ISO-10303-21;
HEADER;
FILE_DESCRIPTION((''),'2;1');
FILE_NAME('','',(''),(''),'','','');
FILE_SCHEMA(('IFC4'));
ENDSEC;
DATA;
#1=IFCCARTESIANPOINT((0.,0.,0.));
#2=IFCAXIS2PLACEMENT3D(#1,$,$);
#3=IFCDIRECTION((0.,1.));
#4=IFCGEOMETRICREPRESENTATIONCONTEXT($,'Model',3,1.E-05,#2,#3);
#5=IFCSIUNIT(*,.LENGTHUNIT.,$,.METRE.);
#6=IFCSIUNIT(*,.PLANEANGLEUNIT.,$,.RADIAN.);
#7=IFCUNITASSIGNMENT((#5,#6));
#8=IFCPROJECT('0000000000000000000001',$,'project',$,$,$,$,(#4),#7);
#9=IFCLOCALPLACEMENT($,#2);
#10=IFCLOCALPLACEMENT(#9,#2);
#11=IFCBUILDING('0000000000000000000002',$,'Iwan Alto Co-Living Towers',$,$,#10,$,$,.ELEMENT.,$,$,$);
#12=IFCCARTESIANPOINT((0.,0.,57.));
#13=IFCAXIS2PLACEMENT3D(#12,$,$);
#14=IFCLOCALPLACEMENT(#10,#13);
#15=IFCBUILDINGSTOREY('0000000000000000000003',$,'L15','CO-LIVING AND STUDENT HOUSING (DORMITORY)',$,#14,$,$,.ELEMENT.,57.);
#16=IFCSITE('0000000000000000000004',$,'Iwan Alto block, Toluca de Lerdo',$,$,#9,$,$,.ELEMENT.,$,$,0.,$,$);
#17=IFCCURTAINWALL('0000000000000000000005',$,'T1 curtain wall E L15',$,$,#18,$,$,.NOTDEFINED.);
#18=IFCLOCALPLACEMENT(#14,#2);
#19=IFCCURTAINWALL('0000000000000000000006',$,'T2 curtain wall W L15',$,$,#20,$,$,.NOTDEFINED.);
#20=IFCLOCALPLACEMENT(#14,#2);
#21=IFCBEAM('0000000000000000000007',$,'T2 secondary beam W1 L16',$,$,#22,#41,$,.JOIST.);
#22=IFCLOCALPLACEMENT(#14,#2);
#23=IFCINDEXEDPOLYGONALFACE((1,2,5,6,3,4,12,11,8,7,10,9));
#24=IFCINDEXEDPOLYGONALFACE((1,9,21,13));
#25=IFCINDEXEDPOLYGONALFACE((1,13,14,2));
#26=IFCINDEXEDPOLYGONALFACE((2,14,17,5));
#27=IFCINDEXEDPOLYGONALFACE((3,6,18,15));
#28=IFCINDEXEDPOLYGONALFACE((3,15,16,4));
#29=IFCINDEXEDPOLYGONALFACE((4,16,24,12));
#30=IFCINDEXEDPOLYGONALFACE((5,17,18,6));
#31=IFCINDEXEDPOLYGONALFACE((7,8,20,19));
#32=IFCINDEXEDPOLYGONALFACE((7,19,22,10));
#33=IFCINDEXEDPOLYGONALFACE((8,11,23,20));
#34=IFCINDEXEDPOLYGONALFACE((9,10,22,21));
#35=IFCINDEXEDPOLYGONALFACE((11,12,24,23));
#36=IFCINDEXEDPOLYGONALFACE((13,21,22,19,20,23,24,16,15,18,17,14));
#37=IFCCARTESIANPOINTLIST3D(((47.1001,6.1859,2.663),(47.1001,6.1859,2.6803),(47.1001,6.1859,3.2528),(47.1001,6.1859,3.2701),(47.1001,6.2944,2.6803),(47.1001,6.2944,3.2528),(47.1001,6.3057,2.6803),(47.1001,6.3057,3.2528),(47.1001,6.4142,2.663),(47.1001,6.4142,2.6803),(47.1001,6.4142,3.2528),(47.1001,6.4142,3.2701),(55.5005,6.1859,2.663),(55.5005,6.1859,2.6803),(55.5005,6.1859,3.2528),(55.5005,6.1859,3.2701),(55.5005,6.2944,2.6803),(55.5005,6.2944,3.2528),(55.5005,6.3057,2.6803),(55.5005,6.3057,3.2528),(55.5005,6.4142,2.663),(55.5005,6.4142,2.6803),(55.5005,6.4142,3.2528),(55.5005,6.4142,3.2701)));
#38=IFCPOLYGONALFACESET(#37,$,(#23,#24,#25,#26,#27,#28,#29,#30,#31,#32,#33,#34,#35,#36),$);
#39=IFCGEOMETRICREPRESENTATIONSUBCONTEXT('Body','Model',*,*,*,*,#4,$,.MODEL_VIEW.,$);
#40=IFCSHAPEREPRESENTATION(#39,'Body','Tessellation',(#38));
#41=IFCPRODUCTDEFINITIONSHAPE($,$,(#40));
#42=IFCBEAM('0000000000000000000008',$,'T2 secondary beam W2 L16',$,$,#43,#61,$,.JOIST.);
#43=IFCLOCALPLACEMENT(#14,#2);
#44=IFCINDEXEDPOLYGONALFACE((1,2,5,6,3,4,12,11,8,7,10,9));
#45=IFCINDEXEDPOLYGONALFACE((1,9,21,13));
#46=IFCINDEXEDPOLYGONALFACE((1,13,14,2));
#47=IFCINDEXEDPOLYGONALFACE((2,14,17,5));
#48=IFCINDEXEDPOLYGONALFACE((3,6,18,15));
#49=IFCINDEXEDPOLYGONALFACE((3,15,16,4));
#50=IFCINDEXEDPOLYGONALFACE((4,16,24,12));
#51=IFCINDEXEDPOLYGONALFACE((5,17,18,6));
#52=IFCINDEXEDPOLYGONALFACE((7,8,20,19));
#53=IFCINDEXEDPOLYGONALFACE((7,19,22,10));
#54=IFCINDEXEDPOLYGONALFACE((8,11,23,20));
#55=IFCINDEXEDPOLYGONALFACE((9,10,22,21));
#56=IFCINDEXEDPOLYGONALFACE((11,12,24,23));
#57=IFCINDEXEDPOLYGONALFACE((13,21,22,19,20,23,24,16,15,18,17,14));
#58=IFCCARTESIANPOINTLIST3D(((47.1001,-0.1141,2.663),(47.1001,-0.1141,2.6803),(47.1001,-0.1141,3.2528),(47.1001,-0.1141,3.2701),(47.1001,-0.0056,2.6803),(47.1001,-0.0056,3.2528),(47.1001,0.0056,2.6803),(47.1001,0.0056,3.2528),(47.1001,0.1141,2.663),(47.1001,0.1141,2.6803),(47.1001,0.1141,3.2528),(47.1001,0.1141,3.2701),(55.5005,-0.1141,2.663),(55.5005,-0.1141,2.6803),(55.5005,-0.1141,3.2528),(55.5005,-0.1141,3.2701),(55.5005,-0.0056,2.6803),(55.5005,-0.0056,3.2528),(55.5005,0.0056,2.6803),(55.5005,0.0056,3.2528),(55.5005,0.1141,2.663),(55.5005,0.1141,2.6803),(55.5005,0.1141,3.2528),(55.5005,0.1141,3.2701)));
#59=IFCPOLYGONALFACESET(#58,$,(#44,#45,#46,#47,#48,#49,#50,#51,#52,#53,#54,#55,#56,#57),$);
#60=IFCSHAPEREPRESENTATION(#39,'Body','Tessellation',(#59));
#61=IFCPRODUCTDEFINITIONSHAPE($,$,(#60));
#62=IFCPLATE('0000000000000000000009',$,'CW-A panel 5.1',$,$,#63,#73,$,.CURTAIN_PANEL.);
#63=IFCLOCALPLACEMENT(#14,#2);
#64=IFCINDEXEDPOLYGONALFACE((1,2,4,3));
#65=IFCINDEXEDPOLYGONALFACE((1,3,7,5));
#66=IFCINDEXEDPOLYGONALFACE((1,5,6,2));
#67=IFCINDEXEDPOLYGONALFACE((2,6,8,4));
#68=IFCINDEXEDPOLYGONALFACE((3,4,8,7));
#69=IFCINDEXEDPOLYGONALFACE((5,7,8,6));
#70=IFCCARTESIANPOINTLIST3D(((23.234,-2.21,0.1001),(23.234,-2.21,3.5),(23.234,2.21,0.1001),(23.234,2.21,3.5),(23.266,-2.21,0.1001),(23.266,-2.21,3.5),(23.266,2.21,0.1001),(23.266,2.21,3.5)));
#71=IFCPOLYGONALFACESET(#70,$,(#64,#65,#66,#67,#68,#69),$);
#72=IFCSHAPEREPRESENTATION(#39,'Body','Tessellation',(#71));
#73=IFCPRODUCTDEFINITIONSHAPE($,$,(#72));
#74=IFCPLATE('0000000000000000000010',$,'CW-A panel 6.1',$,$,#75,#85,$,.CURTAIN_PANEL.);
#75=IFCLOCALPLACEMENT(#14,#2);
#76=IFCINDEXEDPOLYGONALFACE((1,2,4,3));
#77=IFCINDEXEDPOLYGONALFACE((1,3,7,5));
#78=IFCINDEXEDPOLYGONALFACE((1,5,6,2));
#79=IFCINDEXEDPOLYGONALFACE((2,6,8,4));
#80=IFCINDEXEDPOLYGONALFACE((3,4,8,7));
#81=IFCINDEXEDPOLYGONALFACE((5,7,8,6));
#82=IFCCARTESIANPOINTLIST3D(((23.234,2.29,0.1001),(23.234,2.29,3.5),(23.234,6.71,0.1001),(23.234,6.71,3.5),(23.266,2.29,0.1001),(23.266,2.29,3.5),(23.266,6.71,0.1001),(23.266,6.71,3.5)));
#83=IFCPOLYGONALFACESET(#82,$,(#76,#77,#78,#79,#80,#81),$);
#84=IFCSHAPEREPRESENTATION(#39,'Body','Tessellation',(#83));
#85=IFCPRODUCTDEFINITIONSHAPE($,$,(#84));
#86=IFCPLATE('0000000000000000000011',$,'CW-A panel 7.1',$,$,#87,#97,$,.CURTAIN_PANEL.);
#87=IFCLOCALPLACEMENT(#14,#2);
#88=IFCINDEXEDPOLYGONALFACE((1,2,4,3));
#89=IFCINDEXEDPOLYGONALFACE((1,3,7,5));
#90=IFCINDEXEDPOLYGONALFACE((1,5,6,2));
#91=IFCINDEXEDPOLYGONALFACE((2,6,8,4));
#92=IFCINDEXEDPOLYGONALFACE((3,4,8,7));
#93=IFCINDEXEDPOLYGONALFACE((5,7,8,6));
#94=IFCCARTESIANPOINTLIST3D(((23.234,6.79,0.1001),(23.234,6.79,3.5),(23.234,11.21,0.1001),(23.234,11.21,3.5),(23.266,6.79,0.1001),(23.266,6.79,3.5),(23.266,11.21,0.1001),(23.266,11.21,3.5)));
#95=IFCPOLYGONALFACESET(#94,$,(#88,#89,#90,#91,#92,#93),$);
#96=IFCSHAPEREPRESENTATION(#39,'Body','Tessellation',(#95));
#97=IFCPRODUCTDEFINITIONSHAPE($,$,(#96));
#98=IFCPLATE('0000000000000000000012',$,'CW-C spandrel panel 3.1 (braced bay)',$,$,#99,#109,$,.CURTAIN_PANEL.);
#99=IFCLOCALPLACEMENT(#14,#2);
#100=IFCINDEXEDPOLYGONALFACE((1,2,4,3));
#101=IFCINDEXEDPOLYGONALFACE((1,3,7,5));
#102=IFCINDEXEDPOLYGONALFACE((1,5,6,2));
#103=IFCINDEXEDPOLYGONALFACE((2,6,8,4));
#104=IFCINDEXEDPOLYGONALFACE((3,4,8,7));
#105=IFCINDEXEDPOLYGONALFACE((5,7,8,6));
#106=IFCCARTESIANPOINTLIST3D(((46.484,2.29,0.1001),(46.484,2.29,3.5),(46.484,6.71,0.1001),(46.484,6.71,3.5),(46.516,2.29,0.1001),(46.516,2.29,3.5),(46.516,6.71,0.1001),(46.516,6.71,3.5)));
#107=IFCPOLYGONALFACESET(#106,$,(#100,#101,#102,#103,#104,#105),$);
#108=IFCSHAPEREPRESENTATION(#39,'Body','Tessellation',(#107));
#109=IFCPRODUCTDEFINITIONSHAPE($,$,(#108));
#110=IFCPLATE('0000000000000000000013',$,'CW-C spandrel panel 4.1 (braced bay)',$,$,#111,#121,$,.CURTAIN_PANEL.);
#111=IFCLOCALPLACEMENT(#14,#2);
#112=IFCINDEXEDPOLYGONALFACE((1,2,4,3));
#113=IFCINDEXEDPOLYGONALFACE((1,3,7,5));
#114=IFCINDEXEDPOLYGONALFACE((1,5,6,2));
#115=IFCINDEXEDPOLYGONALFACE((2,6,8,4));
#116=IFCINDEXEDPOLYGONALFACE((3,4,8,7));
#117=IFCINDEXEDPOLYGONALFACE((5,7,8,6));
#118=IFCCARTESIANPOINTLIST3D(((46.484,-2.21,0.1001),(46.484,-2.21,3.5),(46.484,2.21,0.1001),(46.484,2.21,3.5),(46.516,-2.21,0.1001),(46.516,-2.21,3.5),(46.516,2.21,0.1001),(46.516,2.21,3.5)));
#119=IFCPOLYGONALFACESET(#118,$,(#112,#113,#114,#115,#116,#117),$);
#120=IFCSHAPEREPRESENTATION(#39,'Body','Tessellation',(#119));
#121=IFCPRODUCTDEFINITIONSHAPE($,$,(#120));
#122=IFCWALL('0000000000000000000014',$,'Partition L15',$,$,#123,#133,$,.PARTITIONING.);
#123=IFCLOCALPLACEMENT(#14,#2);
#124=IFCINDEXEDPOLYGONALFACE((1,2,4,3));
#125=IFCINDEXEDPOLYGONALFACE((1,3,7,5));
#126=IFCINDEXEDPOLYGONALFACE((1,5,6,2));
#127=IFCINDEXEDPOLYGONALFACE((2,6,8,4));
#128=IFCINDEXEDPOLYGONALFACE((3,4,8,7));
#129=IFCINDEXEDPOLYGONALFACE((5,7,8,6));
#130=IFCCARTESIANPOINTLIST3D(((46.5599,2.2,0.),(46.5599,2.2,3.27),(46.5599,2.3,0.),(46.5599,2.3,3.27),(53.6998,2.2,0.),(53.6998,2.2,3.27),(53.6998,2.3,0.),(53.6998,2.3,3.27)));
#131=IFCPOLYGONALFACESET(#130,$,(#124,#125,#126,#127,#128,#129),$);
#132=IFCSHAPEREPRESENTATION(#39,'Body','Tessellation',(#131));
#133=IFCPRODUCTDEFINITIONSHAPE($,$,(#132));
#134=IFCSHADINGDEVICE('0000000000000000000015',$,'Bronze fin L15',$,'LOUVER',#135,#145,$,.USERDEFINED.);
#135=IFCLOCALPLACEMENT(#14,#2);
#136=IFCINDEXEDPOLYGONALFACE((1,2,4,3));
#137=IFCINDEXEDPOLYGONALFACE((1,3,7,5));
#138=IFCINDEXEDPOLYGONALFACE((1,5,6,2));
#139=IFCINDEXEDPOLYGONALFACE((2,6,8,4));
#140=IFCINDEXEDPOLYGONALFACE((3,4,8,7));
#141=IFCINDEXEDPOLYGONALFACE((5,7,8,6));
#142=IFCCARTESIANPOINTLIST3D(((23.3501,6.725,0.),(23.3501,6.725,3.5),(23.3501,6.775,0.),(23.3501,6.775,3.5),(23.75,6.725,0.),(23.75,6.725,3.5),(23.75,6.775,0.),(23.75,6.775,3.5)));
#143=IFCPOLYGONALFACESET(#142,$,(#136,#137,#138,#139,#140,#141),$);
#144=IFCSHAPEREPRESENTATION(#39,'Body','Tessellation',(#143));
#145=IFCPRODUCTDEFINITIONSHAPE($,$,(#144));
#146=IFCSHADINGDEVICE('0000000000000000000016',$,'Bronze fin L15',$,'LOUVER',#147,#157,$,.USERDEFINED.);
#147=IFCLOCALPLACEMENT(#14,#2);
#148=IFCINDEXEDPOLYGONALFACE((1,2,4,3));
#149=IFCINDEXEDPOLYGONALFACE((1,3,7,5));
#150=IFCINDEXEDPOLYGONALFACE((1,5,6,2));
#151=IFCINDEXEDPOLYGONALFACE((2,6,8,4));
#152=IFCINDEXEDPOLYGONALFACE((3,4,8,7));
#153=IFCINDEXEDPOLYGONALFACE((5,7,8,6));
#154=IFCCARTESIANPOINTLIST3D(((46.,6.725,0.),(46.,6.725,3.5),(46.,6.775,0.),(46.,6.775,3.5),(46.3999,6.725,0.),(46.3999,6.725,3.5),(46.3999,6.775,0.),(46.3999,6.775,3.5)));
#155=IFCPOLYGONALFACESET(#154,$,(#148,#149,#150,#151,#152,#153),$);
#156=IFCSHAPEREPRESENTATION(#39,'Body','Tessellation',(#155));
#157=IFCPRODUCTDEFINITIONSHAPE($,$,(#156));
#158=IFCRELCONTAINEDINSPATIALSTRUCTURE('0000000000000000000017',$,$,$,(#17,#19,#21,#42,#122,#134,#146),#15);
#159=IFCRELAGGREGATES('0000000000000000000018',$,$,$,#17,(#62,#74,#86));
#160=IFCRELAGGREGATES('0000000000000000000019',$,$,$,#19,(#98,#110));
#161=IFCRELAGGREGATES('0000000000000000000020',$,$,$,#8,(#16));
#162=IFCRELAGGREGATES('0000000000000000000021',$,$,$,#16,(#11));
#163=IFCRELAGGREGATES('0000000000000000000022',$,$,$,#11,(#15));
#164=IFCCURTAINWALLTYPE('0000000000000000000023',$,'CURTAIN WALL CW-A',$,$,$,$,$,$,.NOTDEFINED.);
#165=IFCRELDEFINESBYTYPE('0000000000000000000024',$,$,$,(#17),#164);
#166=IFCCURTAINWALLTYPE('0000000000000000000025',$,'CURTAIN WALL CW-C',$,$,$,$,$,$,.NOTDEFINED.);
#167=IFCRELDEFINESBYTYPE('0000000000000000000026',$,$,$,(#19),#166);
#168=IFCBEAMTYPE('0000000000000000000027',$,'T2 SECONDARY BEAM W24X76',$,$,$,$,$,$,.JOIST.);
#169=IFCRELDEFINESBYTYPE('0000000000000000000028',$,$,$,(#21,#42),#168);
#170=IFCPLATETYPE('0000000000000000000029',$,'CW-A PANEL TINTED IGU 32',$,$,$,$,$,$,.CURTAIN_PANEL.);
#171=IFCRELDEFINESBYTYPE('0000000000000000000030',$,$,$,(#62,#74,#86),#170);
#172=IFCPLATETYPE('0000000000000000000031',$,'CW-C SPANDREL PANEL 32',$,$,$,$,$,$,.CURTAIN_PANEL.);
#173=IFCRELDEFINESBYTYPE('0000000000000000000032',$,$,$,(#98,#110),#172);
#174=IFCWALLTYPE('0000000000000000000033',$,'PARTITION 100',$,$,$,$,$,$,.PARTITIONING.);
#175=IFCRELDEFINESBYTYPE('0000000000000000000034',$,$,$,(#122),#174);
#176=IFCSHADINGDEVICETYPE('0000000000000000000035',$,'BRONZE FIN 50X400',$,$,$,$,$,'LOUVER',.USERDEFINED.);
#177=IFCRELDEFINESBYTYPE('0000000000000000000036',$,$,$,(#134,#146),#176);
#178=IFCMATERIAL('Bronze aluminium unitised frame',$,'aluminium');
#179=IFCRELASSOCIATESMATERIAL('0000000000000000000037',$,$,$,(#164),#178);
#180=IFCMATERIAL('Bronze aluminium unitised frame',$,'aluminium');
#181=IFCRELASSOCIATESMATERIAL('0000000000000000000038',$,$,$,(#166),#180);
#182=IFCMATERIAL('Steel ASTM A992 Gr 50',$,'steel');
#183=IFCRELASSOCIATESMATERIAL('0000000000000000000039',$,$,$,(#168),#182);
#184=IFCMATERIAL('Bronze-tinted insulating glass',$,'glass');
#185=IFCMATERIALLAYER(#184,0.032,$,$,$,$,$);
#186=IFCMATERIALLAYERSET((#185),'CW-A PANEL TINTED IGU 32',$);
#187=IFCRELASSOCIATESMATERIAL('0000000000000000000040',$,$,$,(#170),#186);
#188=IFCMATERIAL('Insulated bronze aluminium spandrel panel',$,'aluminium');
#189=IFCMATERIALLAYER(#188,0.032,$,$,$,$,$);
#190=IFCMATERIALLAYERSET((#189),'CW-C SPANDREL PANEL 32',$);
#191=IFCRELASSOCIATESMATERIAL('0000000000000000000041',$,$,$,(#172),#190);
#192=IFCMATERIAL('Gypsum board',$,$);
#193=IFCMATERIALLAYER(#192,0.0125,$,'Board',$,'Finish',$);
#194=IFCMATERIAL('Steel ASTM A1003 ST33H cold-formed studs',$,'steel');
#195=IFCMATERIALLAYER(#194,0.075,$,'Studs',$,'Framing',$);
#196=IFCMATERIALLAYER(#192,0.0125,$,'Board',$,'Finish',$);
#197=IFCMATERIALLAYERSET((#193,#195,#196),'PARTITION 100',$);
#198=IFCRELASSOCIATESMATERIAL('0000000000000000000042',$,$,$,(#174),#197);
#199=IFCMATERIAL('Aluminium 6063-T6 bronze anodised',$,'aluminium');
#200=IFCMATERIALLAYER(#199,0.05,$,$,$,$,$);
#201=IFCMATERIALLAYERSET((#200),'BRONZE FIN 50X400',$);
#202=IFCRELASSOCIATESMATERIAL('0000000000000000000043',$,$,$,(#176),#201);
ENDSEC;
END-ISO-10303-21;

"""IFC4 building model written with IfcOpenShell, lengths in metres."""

from ifc_helpers import new_model, si_unit, direction, frame, frame_2d, origin, origin_2d, place, context, subcontext, project, spatial, rectangle, i_section, extrude, material, layer, layer_set, material_profile, profile_set, type_object, element, aggregate, save


model = new_model("IFC4")

# Units and contexts
model_context = context("Model", 3, precision=1e-05, world=origin(), true_north=direction((0.0, 1.0)))
body_context = subcontext(model_context, "Body", "Model", "MODEL_VIEW")
ifc_project = project(units=[si_unit("LENGTHUNIT", "METRE"), si_unit("PLANEANGLEUNIT", "RADIAN")], contexts=[model_context])

# Site, building, storey
site_placement = place(None, origin())
site = spatial("IfcSite", under=ifc_project, at=site_placement, Name="Iwan Alto block, Toluca de Lerdo", CompositionType="ELEMENT", RefElevation=0.0)
building_placement = place(site_placement, origin())
building = spatial("IfcBuilding", under=site, at=building_placement, Name="Iwan Alto Co-Living Towers", CompositionType="ELEMENT")
storey_placement = place(building_placement, frame((0.0, 0.0, 57.0)))
storey = spatial("IfcBuildingStorey", under=building, at=storey_placement, Name="L15", Description="CO-LIVING AND STUDENT HOUSING (DORMITORY)", CompositionType="ELEMENT", Elevation=57.0)

# Curtain walls
ifc_material_1 = material(Name="Bronze aluminium unitised frame", Category="aluminium")
curtain_wall_type_1 = type_object("IfcCurtainWallType", Name="CURTAIN WALL CW-A", PredefinedType="NOTDEFINED", material=ifc_material_1)
curtain_wall_1_placement = place(storey_placement, origin())
curtain_wall_1 = element("IfcCurtainWall", 1, at=curtain_wall_1_placement, inside=storey, type_object=curtain_wall_type_1, Name="T1 curtain wall E L15", PredefinedType="NOTDEFINED")
ifc_material_2 = material(Name="Bronze aluminium unitised frame", Category="aluminium")
curtain_wall_type_2 = type_object("IfcCurtainWallType", Name="CURTAIN WALL CW-C", PredefinedType="NOTDEFINED", material=ifc_material_2)
curtain_wall_2_placement = place(storey_placement, origin())
curtain_wall_2 = element("IfcCurtainWall", 2, at=curtain_wall_2_placement, inside=storey, type_object=curtain_wall_type_2, Name="T2 curtain wall W L15", PredefinedType="NOTDEFINED")

# Beams
ifc_material_3 = material(Name="Steel ASTM A992 Gr 50", Category="steel")
ifc_material_profile_1 = material_profile(ifc_material_3, i_section(OverallWidth=0.2283, OverallDepth=0.6072, WebThickness=0.0112, FlangeThickness=0.0173, at=origin_2d()), Name="W24X76")
ifc_profile_set_1 = profile_set([ifc_material_profile_1], Name="Steel ASTM A992 Gr 50")
beam_type_1 = type_object("IfcBeamType", Name="T2 SECONDARY BEAM W24X76", PredefinedType="JOIST", material=ifc_profile_set_1)
for number, where, z_axis, x_axis, name in (
    (3, (47.1001, 6.3, 2.9666), (1.0, 0.0, 0.0), (0.0, 1.0, 0.0), "T2 secondary beam W1 L16"),
    (4, (47.1001, 0.0, 2.9666), (1.0, 0.0, 0.0), (0.0, 1.0, 0.0), "T2 secondary beam W2 L16"),
):
    element("IfcBeam", number, at=place(storey_placement, frame(where, z_axis=z_axis, x_axis=x_axis)), inside=storey, type_object=beam_type_1, Name=name, PredefinedType="JOIST", context=body_context, shape_type="SweptSolid", body=[
        extrude(i_section(OverallWidth=0.2283, OverallDepth=0.6072, WebThickness=0.0112, FlangeThickness=0.0173, at=origin_2d()), origin(), (0.0, 0.0, 1.0), 8.4004),
    ])

# Plates
ifc_material_4 = material(Name="Bronze-tinted insulating glass", Category="glass")
ifc_layer_1 = layer(ifc_material_4, 0.032)
ifc_layer_set_1 = layer_set([ifc_layer_1], Name="CW-A PANEL TINTED IGU 32")
plate_type_1 = type_object("IfcPlateType", Name="CW-A PANEL TINTED IGU 32", PredefinedType="CURTAIN_PANEL", material=ifc_layer_set_1)
plate_1_placement = place(storey_placement, frame((23.25, 0.0, 0.1001), z_axis=(0.0, 0.0, 1.0), x_axis=(0.0, 1.0, 0.0)))
plate_1 = element("IfcPlate", 5, at=plate_1_placement, type_object=plate_type_1, Name="CW-A panel 5.1", PredefinedType="CURTAIN_PANEL", context=body_context, shape_type="SweptSolid", body=[
    extrude(rectangle(XDim=4.4199, YDim=0.032, at=origin_2d()), origin(), (0.0, 0.0, 1.0), 3.3999),
])
plate_2_placement = place(storey_placement, frame((23.25, 4.5, 0.1001), z_axis=(0.0, 0.0, 1.0), x_axis=(0.0, 1.0, 0.0)))
plate_2 = element("IfcPlate", 6, at=plate_2_placement, type_object=plate_type_1, Name="CW-A panel 6.1", PredefinedType="CURTAIN_PANEL", context=body_context, shape_type="SweptSolid", body=[
    extrude(rectangle(XDim=4.4199, YDim=0.032, at=origin_2d()), origin(), (0.0, 0.0, 1.0), 3.3999),
])
plate_3_placement = place(storey_placement, frame((23.25, 9.0, 0.1001), z_axis=(0.0, 0.0, 1.0), x_axis=(0.0, 1.0, 0.0)))
plate_3 = element("IfcPlate", 7, at=plate_3_placement, type_object=plate_type_1, Name="CW-A panel 7.1", PredefinedType="CURTAIN_PANEL", context=body_context, shape_type="SweptSolid", body=[
    extrude(rectangle(XDim=4.4199, YDim=0.032, at=origin_2d()), origin(), (0.0, 0.0, 1.0), 3.3999),
])
aggregate(curtain_wall_1, [plate_1, plate_2, plate_3])
ifc_material_5 = material(Name="Insulated bronze aluminium spandrel panel", Category="aluminium")
ifc_layer_2 = layer(ifc_material_5, 0.032)
ifc_layer_set_2 = layer_set([ifc_layer_2], Name="CW-C SPANDREL PANEL 32")
plate_type_2 = type_object("IfcPlateType", Name="CW-C SPANDREL PANEL 32", PredefinedType="CURTAIN_PANEL", material=ifc_layer_set_2)
plate_4_placement = place(storey_placement, frame((46.5, 4.5, 0.1001), z_axis=(0.0, 0.0, 1.0), x_axis=(0.0, -1.0, 0.0)))
plate_4 = element("IfcPlate", 8, at=plate_4_placement, type_object=plate_type_2, Name="CW-C spandrel panel 3.1 (braced bay)", PredefinedType="CURTAIN_PANEL", context=body_context, shape_type="SweptSolid", body=[
    extrude(rectangle(XDim=4.4199, YDim=0.032, at=origin_2d()), origin(), (0.0, 0.0, 1.0), 3.3999),
])
plate_5_placement = place(storey_placement, frame((46.5, 0.0, 0.1001), z_axis=(0.0, 0.0, 1.0), x_axis=(0.0, -1.0, 0.0)))
plate_5 = element("IfcPlate", 9, at=plate_5_placement, type_object=plate_type_2, Name="CW-C spandrel panel 4.1 (braced bay)", PredefinedType="CURTAIN_PANEL", context=body_context, shape_type="SweptSolid", body=[
    extrude(rectangle(XDim=4.4199, YDim=0.032, at=origin_2d()), origin(), (0.0, 0.0, 1.0), 3.3999),
])
aggregate(curtain_wall_2, [plate_4, plate_5])

# Wall
ifc_material_6 = material(Name="Gypsum board")
ifc_layer_3 = layer(ifc_material_6, 0.0125, Name="Board", Category="Finish")
ifc_material_7 = material(Name="Steel ASTM A1003 ST33H cold-formed studs", Category="steel")
ifc_layer_4 = layer(ifc_material_7, 0.075, Name="Studs", Category="Framing")
ifc_layer_5 = layer(ifc_material_6, 0.0125, Name="Board", Category="Finish")
ifc_layer_set_3 = layer_set([ifc_layer_3, ifc_layer_4, ifc_layer_5], Name="PARTITION 100")
wall_type = type_object("IfcWallType", Name="PARTITION 100", PredefinedType="PARTITIONING", material=ifc_layer_set_3)
wall_placement = place(storey_placement, frame((46.5601, 2.25, 0.0), z_axis=(0.0, 0.0, 1.0), x_axis=(1.0, 0.0, 0.0)))
element("IfcWall", 10, at=wall_placement, inside=storey, type_object=wall_type, Name="Partition L15", PredefinedType="PARTITIONING", context=body_context, shape_type="SweptSolid", body=[
    extrude(rectangle(XDim=7.1399, YDim=0.1001, at=frame_2d((3.5698, 0.0))), origin(), (0.0, 0.0, 1.0), 3.27),
])

# Shading devices
ifc_material_8 = material(Name="Aluminium 6063-T6 bronze anodised", Category="aluminium")
ifc_layer_6 = layer(ifc_material_8, 0.05)
ifc_layer_set_4 = layer_set([ifc_layer_6], Name="BRONZE FIN 50X400")
shading_device_type = type_object("IfcShadingDeviceType", Name="BRONZE FIN 50X400", ElementType="LOUVER", PredefinedType="USERDEFINED", material=ifc_layer_set_4)
for number, where, z_axis, x_axis, name in (
    (11, (23.55, 6.75, 0.0), (0.0, 0.0, 1.0), (0.0, 1.0, 0.0), "Bronze fin L15"),
    (12, (46.2, 6.75, 0.0), (0.0, 0.0, 1.0), (0.0, -1.0, 0.0), "Bronze fin L15"),
):
    element("IfcShadingDevice", number, at=place(storey_placement, frame(where, z_axis=z_axis, x_axis=x_axis)), inside=storey, type_object=shading_device_type, Name=name, ObjectType="LOUVER", PredefinedType="USERDEFINED", context=body_context, shape_type="SweptSolid", body=[
        extrude(rectangle(XDim=0.05, YDim=0.3999, at=origin_2d()), origin(), (0.0, 0.0, 1.0), 3.5),
    ])

save(model, "model.ifc")
